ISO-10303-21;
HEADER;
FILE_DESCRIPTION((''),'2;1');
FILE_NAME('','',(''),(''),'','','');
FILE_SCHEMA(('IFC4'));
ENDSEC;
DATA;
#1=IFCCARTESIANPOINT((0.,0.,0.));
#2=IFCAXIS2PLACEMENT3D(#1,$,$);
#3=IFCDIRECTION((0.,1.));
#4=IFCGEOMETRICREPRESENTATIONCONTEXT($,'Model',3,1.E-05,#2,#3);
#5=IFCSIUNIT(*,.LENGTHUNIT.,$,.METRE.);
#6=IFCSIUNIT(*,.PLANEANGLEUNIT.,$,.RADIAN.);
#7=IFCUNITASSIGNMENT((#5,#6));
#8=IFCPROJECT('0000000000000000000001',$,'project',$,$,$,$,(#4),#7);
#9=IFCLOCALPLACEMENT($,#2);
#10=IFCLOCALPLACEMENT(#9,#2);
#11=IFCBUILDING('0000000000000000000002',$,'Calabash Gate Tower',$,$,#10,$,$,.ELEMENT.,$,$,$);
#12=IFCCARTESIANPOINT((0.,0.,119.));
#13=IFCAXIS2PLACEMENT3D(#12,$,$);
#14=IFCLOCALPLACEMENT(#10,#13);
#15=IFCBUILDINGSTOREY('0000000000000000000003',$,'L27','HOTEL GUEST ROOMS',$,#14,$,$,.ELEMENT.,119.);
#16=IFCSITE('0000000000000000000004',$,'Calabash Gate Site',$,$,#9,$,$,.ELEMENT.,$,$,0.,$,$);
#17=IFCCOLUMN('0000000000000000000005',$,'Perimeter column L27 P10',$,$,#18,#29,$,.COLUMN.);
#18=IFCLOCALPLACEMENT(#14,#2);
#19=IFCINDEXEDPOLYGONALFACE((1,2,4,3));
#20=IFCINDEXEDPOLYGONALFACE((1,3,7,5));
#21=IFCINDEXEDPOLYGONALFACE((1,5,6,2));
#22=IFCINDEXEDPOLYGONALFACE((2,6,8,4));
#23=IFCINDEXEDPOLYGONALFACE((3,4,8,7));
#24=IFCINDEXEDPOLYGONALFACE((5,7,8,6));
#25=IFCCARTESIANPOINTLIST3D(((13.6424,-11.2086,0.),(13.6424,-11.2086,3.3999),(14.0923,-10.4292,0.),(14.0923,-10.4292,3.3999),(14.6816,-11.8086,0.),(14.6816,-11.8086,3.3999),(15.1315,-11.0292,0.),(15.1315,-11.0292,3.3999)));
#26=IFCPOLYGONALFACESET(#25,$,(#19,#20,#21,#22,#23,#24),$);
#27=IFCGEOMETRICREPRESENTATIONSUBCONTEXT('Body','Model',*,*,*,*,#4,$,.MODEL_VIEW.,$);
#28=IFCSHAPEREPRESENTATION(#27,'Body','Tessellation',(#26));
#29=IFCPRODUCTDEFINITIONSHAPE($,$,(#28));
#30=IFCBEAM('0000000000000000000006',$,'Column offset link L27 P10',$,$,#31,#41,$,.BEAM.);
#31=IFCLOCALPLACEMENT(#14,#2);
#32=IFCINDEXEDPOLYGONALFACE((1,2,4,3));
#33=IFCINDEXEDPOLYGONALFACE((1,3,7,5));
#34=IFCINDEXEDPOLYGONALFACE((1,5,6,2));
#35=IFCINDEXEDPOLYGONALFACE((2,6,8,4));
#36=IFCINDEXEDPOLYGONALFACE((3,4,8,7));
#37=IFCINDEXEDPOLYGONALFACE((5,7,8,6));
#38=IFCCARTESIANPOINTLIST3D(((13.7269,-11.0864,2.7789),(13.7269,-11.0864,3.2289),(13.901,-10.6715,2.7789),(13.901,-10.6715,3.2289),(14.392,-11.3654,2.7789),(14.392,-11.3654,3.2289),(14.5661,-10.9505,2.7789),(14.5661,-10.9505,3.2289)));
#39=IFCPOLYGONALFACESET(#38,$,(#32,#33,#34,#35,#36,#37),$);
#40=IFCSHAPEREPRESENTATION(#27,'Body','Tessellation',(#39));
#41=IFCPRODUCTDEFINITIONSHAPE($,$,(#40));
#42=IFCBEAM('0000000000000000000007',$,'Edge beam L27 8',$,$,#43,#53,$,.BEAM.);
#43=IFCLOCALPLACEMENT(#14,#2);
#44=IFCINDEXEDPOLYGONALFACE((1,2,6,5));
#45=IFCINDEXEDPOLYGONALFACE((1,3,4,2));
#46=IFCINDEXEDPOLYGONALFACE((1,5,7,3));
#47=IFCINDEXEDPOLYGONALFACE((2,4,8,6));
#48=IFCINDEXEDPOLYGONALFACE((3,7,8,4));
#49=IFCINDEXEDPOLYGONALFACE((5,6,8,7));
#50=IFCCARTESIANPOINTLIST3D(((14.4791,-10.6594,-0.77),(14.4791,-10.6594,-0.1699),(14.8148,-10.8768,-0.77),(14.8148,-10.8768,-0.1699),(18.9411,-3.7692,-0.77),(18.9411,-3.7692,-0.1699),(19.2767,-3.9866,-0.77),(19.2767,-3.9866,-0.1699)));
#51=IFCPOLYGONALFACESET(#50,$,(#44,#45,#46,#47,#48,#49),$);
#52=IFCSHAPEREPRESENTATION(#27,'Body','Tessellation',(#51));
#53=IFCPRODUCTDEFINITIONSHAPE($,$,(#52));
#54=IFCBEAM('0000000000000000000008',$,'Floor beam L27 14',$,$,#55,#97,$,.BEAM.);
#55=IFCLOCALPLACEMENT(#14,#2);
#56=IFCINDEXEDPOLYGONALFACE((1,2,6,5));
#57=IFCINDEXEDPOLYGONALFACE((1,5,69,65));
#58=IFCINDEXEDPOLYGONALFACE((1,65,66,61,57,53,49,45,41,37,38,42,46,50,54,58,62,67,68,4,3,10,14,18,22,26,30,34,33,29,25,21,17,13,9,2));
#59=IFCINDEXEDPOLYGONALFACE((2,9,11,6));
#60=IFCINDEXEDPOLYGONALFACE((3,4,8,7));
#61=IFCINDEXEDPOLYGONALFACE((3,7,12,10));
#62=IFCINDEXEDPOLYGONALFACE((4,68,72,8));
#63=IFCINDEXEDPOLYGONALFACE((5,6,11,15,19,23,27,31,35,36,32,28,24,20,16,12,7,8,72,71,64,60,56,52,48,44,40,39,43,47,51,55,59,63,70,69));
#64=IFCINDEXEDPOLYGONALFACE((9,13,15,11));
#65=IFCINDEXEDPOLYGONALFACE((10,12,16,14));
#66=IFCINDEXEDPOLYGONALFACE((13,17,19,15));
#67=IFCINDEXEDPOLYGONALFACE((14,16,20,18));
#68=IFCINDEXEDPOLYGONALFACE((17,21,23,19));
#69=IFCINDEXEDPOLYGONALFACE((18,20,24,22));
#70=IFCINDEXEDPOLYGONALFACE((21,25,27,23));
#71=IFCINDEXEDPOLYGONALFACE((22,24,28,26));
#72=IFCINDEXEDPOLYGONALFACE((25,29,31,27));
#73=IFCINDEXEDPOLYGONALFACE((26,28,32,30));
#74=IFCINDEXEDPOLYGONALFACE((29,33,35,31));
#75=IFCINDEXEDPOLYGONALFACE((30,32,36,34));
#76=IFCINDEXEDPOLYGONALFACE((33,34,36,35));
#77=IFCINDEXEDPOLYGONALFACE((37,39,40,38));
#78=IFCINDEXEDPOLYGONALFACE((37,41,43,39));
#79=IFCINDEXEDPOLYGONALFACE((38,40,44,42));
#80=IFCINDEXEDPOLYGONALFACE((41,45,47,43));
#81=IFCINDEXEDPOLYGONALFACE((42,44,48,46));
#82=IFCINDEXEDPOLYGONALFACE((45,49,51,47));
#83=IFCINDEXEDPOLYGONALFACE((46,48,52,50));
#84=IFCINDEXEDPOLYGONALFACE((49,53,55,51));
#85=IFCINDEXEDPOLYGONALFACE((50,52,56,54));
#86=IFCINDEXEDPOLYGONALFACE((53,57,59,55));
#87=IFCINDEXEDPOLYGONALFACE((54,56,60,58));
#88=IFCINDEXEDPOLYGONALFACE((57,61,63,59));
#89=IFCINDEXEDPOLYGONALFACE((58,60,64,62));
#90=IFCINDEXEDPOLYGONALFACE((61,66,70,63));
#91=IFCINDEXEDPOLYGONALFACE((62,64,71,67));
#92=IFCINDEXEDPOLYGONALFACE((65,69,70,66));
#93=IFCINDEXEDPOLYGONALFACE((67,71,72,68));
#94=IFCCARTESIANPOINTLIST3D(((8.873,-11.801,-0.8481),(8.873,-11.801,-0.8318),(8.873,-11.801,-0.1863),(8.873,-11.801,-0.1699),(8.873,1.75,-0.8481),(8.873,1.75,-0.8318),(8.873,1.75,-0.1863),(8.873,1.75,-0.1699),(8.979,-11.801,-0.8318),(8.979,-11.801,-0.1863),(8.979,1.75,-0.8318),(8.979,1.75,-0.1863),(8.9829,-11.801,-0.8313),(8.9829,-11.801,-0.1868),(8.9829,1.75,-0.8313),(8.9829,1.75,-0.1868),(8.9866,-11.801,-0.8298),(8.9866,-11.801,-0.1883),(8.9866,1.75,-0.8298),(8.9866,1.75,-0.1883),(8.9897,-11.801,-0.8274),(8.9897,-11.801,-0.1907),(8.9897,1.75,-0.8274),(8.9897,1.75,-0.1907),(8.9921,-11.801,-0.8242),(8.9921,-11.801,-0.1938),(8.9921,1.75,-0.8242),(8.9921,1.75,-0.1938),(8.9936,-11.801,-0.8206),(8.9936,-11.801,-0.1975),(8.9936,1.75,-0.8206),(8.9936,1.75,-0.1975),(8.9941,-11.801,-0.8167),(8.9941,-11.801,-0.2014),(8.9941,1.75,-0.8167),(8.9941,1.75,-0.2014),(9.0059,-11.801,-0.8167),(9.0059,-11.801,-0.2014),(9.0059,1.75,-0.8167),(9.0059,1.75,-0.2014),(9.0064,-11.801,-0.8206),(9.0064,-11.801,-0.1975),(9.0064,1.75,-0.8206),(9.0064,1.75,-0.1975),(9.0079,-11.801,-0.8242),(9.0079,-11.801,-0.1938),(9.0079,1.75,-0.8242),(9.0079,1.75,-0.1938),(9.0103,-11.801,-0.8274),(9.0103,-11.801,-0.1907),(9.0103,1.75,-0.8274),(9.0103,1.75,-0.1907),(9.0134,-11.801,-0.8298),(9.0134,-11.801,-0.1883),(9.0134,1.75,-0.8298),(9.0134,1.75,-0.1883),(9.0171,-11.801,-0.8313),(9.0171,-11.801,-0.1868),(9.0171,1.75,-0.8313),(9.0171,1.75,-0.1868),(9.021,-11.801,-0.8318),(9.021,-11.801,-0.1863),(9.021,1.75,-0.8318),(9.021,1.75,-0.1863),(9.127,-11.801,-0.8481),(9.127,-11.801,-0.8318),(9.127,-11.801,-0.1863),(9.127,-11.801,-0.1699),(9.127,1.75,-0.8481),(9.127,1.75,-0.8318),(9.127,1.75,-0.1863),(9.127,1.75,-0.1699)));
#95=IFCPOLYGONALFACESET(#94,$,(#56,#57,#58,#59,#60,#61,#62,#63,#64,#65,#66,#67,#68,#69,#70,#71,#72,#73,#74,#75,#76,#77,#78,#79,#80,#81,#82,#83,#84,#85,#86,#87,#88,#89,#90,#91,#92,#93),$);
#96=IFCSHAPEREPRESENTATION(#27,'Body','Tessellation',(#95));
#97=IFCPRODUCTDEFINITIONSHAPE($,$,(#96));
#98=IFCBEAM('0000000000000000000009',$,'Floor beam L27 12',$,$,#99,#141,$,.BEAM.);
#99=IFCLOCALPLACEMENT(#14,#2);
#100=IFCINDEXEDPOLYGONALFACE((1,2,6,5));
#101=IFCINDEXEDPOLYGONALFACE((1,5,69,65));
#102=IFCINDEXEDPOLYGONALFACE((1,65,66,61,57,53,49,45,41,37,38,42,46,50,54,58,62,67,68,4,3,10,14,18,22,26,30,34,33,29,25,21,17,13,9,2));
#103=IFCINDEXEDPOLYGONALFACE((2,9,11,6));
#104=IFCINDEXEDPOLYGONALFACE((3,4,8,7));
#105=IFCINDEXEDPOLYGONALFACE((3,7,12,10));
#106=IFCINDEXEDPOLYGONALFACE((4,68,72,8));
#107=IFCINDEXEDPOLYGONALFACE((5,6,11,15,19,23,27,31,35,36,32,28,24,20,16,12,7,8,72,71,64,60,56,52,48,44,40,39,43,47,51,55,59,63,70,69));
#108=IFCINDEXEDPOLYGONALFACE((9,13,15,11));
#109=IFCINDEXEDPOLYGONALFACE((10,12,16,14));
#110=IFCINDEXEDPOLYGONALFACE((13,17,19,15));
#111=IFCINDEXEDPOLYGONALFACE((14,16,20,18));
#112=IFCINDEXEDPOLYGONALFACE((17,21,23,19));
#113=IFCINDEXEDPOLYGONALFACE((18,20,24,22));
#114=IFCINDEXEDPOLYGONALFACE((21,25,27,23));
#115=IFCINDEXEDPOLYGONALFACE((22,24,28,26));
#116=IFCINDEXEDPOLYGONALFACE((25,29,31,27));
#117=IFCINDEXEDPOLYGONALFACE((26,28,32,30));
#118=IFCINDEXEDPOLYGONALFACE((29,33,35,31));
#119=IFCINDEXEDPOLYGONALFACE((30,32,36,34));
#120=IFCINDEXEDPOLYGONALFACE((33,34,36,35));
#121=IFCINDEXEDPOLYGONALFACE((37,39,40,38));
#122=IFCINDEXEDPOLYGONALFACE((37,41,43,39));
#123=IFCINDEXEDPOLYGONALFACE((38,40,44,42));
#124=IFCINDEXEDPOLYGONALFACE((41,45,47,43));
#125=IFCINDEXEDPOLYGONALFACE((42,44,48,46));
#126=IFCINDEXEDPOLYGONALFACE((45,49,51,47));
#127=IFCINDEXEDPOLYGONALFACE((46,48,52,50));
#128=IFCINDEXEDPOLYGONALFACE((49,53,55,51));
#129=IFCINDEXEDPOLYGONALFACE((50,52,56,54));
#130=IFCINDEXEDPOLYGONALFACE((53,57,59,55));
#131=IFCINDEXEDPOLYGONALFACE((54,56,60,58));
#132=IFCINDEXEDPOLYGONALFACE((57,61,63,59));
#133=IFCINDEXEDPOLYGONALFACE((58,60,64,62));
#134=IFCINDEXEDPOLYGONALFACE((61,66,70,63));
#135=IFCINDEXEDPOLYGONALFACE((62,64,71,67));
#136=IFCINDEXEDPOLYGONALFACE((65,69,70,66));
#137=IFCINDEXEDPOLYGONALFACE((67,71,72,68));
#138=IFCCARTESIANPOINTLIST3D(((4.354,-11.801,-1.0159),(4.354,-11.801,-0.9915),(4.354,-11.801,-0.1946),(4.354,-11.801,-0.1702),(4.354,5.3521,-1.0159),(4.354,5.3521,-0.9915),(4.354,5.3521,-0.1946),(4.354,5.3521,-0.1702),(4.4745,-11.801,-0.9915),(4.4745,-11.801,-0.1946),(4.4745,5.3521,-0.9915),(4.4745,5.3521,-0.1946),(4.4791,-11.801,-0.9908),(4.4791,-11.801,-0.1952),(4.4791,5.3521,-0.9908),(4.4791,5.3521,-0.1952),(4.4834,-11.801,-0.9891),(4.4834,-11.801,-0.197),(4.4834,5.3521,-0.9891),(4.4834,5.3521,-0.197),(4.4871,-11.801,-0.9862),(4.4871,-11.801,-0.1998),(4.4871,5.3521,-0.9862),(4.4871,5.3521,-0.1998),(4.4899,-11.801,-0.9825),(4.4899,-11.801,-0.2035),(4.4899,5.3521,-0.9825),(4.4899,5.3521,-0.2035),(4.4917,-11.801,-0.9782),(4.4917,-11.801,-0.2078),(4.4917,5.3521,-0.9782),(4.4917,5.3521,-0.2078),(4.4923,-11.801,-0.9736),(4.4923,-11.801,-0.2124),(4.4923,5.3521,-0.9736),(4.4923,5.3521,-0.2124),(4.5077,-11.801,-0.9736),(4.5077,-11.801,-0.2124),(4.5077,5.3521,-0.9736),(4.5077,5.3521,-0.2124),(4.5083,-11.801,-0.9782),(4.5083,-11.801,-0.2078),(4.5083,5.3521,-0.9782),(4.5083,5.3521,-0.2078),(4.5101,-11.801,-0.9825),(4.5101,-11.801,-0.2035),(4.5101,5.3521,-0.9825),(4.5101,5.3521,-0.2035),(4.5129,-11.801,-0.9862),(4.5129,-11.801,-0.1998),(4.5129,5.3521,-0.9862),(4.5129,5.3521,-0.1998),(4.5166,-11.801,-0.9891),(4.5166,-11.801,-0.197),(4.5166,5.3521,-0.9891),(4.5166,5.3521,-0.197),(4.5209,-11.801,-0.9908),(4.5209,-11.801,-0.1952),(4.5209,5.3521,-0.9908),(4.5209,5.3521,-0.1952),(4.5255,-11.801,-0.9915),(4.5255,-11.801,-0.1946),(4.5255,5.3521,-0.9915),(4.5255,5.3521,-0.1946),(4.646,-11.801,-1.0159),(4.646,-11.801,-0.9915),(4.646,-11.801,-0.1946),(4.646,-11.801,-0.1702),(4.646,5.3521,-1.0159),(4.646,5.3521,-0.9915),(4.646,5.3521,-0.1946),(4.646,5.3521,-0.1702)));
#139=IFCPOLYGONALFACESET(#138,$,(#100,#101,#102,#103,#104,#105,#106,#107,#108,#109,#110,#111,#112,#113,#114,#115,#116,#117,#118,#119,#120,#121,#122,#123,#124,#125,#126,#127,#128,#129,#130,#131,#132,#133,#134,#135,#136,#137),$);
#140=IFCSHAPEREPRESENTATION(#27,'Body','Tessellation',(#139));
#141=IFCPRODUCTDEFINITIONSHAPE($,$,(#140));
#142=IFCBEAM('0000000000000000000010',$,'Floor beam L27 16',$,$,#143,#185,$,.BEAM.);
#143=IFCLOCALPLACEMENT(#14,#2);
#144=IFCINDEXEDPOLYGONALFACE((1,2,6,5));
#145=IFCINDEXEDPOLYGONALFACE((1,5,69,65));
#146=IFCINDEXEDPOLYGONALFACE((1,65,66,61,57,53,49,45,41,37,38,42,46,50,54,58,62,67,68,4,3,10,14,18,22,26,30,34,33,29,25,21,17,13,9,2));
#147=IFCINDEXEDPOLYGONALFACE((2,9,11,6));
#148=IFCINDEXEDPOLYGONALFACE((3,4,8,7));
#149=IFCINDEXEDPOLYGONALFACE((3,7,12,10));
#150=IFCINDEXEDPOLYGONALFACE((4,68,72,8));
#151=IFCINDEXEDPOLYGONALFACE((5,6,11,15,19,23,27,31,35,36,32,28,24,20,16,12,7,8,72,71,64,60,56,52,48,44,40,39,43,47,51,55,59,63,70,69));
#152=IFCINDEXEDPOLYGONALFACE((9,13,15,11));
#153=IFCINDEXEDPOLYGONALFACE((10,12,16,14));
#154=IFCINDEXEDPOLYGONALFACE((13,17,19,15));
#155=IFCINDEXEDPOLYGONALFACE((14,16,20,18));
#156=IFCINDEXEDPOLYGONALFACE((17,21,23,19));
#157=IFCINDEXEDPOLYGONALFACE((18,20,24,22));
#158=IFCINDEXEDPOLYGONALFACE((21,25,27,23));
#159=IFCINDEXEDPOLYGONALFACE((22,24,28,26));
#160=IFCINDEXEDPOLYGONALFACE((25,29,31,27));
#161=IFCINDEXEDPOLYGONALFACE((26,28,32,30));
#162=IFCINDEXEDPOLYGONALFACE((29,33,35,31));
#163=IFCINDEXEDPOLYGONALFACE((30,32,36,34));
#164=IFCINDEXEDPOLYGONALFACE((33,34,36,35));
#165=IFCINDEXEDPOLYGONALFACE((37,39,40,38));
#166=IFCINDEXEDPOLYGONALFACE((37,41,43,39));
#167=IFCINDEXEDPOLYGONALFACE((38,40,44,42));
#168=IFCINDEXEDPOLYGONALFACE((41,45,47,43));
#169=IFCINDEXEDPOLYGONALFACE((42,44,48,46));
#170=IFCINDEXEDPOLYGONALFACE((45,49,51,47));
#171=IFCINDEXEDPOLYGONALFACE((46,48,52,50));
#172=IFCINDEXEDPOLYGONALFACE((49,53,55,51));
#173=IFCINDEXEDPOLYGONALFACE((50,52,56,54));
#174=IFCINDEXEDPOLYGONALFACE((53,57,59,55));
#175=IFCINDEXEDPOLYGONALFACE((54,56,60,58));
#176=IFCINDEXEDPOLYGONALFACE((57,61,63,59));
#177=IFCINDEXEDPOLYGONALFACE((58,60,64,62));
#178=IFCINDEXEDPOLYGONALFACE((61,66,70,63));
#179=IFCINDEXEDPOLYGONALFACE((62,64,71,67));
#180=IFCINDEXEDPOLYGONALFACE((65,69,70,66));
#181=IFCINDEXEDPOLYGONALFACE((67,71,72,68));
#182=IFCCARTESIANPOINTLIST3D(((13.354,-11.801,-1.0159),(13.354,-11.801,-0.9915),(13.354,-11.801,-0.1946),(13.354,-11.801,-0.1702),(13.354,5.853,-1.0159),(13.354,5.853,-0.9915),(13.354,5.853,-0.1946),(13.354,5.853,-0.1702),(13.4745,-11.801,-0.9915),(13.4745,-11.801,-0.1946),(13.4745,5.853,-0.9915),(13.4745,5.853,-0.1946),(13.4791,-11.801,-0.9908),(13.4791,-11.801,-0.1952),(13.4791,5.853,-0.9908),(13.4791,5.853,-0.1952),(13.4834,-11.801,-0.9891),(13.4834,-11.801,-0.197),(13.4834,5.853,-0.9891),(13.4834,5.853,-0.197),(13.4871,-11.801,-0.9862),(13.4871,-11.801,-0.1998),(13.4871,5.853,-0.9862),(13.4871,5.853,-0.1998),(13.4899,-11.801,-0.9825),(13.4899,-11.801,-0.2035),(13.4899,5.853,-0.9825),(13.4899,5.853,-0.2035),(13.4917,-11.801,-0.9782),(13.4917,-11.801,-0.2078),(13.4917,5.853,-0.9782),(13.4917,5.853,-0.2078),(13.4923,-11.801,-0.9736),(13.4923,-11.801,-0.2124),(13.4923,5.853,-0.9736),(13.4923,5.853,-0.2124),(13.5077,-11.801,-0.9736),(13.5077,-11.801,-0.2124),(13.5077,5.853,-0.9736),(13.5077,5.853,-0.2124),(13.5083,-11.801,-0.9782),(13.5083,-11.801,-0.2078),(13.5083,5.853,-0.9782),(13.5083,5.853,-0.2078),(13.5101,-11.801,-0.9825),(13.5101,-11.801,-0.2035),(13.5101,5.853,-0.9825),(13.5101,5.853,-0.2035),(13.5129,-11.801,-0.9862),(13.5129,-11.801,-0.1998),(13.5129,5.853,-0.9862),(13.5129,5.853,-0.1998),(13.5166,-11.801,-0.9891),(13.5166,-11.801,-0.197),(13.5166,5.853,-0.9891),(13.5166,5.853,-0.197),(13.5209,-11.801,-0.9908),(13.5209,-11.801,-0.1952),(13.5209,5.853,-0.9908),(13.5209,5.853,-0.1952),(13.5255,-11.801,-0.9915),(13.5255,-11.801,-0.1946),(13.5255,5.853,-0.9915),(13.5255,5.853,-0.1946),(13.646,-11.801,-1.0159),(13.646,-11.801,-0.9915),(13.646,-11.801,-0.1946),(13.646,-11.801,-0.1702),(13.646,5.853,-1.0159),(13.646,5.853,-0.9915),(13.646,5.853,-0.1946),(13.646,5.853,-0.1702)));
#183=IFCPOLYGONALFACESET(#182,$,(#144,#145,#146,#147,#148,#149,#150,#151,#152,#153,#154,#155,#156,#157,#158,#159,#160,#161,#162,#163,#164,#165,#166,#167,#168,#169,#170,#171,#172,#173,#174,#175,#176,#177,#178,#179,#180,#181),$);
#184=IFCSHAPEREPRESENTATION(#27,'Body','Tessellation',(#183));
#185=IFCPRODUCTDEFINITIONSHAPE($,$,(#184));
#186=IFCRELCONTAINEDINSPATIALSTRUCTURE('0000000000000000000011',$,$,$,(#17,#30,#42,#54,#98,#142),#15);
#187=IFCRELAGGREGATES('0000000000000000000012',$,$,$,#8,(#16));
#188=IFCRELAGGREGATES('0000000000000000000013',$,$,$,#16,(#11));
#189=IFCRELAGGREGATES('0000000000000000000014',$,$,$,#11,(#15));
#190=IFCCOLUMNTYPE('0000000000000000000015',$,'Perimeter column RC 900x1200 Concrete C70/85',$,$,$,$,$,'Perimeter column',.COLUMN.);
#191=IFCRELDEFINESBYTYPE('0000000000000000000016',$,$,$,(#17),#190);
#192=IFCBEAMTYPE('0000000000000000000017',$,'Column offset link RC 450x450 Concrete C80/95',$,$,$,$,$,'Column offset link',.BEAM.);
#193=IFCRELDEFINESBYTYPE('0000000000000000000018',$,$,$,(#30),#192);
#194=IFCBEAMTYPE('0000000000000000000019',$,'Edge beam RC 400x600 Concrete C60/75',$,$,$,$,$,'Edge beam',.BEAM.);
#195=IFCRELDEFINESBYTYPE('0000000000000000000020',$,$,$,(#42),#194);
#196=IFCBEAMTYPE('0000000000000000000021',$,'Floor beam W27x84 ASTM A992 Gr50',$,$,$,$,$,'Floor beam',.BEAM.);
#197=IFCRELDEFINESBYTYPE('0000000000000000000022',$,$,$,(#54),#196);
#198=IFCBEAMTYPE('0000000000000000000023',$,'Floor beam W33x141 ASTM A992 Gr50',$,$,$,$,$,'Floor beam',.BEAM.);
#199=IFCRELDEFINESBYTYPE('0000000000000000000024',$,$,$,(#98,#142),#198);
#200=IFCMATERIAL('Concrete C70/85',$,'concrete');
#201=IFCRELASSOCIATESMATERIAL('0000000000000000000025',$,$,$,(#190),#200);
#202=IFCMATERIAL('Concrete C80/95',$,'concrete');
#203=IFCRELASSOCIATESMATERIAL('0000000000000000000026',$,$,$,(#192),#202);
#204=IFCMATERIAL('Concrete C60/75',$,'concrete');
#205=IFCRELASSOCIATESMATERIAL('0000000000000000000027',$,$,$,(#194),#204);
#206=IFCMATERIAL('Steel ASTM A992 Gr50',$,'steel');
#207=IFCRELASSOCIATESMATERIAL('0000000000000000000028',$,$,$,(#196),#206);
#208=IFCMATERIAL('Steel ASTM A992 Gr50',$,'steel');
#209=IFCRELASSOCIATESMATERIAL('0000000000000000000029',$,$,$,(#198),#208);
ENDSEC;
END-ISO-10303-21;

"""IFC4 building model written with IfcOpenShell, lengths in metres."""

from ifc_helpers import new_model, si_unit, direction, frame, origin, origin_2d, place, context, subcontext, project, spatial, rectangle, i_section, extrude, material, material_profile, profile_set, type_object, element, save


model = new_model("IFC4")

# Units and contexts
model_context = context("Model", 3, precision=1e-05, world=origin(), true_north=direction((0.0, 1.0)))
body_context = subcontext(model_context, "Body", "Model", "MODEL_VIEW")
ifc_project = project(units=[si_unit("LENGTHUNIT", "METRE"), si_unit("PLANEANGLEUNIT", "RADIAN")], contexts=[model_context])

# Site, building, storey
site_placement = place(None, origin())
site = spatial("IfcSite", under=ifc_project, at=site_placement, Name="Calabash Gate Site", CompositionType="ELEMENT", RefElevation=0.0)
building_placement = place(site_placement, origin())
building = spatial("IfcBuilding", under=site, at=building_placement, Name="Calabash Gate Tower", CompositionType="ELEMENT")
storey_placement = place(building_placement, frame((0.0, 0.0, 119.0)))
storey = spatial("IfcBuildingStorey", under=building, at=storey_placement, Name="L27", Description="HOTEL GUEST ROOMS", CompositionType="ELEMENT", Elevation=119.0)

# Column
ifc_material_1 = material(Name="Concrete C70/85", Category="concrete")
ifc_material_profile_1 = material_profile(ifc_material_1, rectangle(XDim=0.8999, YDim=1.2, at=origin_2d()))
ifc_profile_set_1 = profile_set([ifc_material_profile_1], Name="Concrete C70/85")
column_type = type_object("IfcColumnType", Name="Perimeter column RC 900x1200 Concrete C70/85", ElementType="Perimeter column", PredefinedType="COLUMN", material=ifc_profile_set_1)
column_placement = place(storey_placement, frame((14.387, -11.1189, 0.0), z_axis=(0.0, 0.0, 1.0), x_axis=(0.5, 0.866025, 0.0)))
element("IfcColumn", 1, at=column_placement, inside=storey, type_object=column_type, Name="Perimeter column L27 P10", PredefinedType="COLUMN", context=body_context, shape_type="SweptSolid", body=[
    extrude(rectangle(XDim=0.8999, YDim=1.2, at=origin_2d()), origin(), (0.0, 0.0, 1.0), 3.3999),
])

# Beams
ifc_material_2 = material(Name="Concrete C80/95", Category="concrete")
ifc_material_profile_2 = material_profile(ifc_material_2, rectangle(XDim=0.45, YDim=0.45, at=origin_2d()))
ifc_profile_set_2 = profile_set([ifc_material_profile_2], Name="Concrete C80/95")
beam_type_1 = type_object("IfcBeamType", Name="Column offset link RC 450x450 Concrete C80/95", ElementType="Column offset link", PredefinedType="BEAM", material=ifc_profile_set_2)
beam_1_placement = place(storey_placement, frame((14.479, -11.158, 3.0039), z_axis=(-0.922113, 0.386922, 0.0), x_axis=(-0.386922, -0.922113, 0.0)))
element("IfcBeam", 2, at=beam_1_placement, inside=storey, type_object=beam_type_1, Name="Column offset link L27 P10", PredefinedType="BEAM", context=body_context, shape_type="SweptSolid", body=[
    extrude(rectangle(XDim=0.45, YDim=0.45, at=origin_2d()), origin(), (0.0, 0.0, 1.0), 0.7212),
])
ifc_material_3 = material(Name="Concrete C60/75", Category="concrete")
ifc_material_profile_3 = material_profile(ifc_material_3, rectangle(XDim=0.3999, YDim=0.6001, at=origin_2d()))
ifc_profile_set_3 = profile_set([ifc_material_profile_3], Name="Concrete C60/75")
beam_type_2 = type_object("IfcBeamType", Name="Edge beam RC 400x600 Concrete C60/75", ElementType="Edge beam", PredefinedType="BEAM", material=ifc_profile_set_3)
beam_2_placement = place(storey_placement, frame((14.647, -10.7681, -0.47), z_axis=(0.54356, 0.839371, 0.0), x_axis=(-0.839371, 0.54356, 0.0)))
element("IfcBeam", 3, at=beam_2_placement, inside=storey, type_object=beam_type_2, Name="Edge beam L27 8", PredefinedType="BEAM", context=body_context, shape_type="SweptSolid", body=[
    extrude(rectangle(XDim=0.3999, YDim=0.6001, at=origin_2d()), origin(), (0.0, 0.0, 1.0), 8.2087),
])
ifc_material_4 = material(Name="Steel ASTM A992 Gr50", Category="steel")
ifc_material_profile_4 = material_profile(ifc_material_4, i_section(OverallWidth=0.2539, OverallDepth=0.6782, WebThickness=0.0117, FlangeThickness=0.0164, FilletRadius=0.0151, at=origin_2d()))
ifc_profile_set_4 = profile_set([ifc_material_profile_4], Name="Steel ASTM A992 Gr50")
beam_type_3 = type_object("IfcBeamType", Name="Floor beam W27x84 ASTM A992 Gr50", ElementType="Floor beam", PredefinedType="BEAM", material=ifc_profile_set_4)
beam_3_placement = place(storey_placement, frame((9.0, -11.801, -0.509), z_axis=(0.0, 1.0, 0.0), x_axis=(-1.0, 0.0, 0.0)))
element("IfcBeam", 4, at=beam_3_placement, inside=storey, type_object=beam_type_3, Name="Floor beam L27 14", PredefinedType="BEAM", context=body_context, shape_type="SweptSolid", body=[
    extrude(i_section(OverallWidth=0.2539, OverallDepth=0.6782, WebThickness=0.0117, FlangeThickness=0.0164, FilletRadius=0.0151, at=origin_2d()), origin(), (0.0, 0.0, 1.0), 13.551),
])
ifc_material_5 = material(Name="Steel ASTM A992 Gr50", Category="steel")
ifc_material_profile_5 = material_profile(ifc_material_5, i_section(OverallWidth=0.292, OverallDepth=0.8457, WebThickness=0.0154, FlangeThickness=0.0244, FilletRadius=0.0178, at=origin_2d()))
ifc_profile_set_5 = profile_set([ifc_material_profile_5], Name="Steel ASTM A992 Gr50")
beam_type_4 = type_object("IfcBeamType", Name="Floor beam W33x141 ASTM A992 Gr50", ElementType="Floor beam", PredefinedType="BEAM", material=ifc_profile_set_5)
beam_4_placement = place(storey_placement, frame((4.5, -11.801, -0.593), z_axis=(0.0, 1.0, 0.0), x_axis=(-1.0, 0.0, 0.0)))
element("IfcBeam", 5, at=beam_4_placement, inside=storey, type_object=beam_type_4, Name="Floor beam L27 12", PredefinedType="BEAM", context=body_context, shape_type="SweptSolid", body=[
    extrude(i_section(OverallWidth=0.292, OverallDepth=0.8457, WebThickness=0.0154, FlangeThickness=0.0244, FilletRadius=0.0178, at=origin_2d()), origin(), (0.0, 0.0, 1.0), 17.1531),
])
beam_5_placement = place(storey_placement, frame((13.5, -11.801, -0.593), z_axis=(0.0, 1.0, 0.0), x_axis=(-1.0, 0.0, 0.0)))
element("IfcBeam", 6, at=beam_5_placement, inside=storey, type_object=beam_type_4, Name="Floor beam L27 16", PredefinedType="BEAM", context=body_context, shape_type="SweptSolid", body=[
    extrude(i_section(OverallWidth=0.292, OverallDepth=0.8457, WebThickness=0.0154, FlangeThickness=0.0244, FilletRadius=0.0178, at=origin_2d()), origin(), (0.0, 0.0, 1.0), 17.6541),
])

save(model, "model.ifc")
